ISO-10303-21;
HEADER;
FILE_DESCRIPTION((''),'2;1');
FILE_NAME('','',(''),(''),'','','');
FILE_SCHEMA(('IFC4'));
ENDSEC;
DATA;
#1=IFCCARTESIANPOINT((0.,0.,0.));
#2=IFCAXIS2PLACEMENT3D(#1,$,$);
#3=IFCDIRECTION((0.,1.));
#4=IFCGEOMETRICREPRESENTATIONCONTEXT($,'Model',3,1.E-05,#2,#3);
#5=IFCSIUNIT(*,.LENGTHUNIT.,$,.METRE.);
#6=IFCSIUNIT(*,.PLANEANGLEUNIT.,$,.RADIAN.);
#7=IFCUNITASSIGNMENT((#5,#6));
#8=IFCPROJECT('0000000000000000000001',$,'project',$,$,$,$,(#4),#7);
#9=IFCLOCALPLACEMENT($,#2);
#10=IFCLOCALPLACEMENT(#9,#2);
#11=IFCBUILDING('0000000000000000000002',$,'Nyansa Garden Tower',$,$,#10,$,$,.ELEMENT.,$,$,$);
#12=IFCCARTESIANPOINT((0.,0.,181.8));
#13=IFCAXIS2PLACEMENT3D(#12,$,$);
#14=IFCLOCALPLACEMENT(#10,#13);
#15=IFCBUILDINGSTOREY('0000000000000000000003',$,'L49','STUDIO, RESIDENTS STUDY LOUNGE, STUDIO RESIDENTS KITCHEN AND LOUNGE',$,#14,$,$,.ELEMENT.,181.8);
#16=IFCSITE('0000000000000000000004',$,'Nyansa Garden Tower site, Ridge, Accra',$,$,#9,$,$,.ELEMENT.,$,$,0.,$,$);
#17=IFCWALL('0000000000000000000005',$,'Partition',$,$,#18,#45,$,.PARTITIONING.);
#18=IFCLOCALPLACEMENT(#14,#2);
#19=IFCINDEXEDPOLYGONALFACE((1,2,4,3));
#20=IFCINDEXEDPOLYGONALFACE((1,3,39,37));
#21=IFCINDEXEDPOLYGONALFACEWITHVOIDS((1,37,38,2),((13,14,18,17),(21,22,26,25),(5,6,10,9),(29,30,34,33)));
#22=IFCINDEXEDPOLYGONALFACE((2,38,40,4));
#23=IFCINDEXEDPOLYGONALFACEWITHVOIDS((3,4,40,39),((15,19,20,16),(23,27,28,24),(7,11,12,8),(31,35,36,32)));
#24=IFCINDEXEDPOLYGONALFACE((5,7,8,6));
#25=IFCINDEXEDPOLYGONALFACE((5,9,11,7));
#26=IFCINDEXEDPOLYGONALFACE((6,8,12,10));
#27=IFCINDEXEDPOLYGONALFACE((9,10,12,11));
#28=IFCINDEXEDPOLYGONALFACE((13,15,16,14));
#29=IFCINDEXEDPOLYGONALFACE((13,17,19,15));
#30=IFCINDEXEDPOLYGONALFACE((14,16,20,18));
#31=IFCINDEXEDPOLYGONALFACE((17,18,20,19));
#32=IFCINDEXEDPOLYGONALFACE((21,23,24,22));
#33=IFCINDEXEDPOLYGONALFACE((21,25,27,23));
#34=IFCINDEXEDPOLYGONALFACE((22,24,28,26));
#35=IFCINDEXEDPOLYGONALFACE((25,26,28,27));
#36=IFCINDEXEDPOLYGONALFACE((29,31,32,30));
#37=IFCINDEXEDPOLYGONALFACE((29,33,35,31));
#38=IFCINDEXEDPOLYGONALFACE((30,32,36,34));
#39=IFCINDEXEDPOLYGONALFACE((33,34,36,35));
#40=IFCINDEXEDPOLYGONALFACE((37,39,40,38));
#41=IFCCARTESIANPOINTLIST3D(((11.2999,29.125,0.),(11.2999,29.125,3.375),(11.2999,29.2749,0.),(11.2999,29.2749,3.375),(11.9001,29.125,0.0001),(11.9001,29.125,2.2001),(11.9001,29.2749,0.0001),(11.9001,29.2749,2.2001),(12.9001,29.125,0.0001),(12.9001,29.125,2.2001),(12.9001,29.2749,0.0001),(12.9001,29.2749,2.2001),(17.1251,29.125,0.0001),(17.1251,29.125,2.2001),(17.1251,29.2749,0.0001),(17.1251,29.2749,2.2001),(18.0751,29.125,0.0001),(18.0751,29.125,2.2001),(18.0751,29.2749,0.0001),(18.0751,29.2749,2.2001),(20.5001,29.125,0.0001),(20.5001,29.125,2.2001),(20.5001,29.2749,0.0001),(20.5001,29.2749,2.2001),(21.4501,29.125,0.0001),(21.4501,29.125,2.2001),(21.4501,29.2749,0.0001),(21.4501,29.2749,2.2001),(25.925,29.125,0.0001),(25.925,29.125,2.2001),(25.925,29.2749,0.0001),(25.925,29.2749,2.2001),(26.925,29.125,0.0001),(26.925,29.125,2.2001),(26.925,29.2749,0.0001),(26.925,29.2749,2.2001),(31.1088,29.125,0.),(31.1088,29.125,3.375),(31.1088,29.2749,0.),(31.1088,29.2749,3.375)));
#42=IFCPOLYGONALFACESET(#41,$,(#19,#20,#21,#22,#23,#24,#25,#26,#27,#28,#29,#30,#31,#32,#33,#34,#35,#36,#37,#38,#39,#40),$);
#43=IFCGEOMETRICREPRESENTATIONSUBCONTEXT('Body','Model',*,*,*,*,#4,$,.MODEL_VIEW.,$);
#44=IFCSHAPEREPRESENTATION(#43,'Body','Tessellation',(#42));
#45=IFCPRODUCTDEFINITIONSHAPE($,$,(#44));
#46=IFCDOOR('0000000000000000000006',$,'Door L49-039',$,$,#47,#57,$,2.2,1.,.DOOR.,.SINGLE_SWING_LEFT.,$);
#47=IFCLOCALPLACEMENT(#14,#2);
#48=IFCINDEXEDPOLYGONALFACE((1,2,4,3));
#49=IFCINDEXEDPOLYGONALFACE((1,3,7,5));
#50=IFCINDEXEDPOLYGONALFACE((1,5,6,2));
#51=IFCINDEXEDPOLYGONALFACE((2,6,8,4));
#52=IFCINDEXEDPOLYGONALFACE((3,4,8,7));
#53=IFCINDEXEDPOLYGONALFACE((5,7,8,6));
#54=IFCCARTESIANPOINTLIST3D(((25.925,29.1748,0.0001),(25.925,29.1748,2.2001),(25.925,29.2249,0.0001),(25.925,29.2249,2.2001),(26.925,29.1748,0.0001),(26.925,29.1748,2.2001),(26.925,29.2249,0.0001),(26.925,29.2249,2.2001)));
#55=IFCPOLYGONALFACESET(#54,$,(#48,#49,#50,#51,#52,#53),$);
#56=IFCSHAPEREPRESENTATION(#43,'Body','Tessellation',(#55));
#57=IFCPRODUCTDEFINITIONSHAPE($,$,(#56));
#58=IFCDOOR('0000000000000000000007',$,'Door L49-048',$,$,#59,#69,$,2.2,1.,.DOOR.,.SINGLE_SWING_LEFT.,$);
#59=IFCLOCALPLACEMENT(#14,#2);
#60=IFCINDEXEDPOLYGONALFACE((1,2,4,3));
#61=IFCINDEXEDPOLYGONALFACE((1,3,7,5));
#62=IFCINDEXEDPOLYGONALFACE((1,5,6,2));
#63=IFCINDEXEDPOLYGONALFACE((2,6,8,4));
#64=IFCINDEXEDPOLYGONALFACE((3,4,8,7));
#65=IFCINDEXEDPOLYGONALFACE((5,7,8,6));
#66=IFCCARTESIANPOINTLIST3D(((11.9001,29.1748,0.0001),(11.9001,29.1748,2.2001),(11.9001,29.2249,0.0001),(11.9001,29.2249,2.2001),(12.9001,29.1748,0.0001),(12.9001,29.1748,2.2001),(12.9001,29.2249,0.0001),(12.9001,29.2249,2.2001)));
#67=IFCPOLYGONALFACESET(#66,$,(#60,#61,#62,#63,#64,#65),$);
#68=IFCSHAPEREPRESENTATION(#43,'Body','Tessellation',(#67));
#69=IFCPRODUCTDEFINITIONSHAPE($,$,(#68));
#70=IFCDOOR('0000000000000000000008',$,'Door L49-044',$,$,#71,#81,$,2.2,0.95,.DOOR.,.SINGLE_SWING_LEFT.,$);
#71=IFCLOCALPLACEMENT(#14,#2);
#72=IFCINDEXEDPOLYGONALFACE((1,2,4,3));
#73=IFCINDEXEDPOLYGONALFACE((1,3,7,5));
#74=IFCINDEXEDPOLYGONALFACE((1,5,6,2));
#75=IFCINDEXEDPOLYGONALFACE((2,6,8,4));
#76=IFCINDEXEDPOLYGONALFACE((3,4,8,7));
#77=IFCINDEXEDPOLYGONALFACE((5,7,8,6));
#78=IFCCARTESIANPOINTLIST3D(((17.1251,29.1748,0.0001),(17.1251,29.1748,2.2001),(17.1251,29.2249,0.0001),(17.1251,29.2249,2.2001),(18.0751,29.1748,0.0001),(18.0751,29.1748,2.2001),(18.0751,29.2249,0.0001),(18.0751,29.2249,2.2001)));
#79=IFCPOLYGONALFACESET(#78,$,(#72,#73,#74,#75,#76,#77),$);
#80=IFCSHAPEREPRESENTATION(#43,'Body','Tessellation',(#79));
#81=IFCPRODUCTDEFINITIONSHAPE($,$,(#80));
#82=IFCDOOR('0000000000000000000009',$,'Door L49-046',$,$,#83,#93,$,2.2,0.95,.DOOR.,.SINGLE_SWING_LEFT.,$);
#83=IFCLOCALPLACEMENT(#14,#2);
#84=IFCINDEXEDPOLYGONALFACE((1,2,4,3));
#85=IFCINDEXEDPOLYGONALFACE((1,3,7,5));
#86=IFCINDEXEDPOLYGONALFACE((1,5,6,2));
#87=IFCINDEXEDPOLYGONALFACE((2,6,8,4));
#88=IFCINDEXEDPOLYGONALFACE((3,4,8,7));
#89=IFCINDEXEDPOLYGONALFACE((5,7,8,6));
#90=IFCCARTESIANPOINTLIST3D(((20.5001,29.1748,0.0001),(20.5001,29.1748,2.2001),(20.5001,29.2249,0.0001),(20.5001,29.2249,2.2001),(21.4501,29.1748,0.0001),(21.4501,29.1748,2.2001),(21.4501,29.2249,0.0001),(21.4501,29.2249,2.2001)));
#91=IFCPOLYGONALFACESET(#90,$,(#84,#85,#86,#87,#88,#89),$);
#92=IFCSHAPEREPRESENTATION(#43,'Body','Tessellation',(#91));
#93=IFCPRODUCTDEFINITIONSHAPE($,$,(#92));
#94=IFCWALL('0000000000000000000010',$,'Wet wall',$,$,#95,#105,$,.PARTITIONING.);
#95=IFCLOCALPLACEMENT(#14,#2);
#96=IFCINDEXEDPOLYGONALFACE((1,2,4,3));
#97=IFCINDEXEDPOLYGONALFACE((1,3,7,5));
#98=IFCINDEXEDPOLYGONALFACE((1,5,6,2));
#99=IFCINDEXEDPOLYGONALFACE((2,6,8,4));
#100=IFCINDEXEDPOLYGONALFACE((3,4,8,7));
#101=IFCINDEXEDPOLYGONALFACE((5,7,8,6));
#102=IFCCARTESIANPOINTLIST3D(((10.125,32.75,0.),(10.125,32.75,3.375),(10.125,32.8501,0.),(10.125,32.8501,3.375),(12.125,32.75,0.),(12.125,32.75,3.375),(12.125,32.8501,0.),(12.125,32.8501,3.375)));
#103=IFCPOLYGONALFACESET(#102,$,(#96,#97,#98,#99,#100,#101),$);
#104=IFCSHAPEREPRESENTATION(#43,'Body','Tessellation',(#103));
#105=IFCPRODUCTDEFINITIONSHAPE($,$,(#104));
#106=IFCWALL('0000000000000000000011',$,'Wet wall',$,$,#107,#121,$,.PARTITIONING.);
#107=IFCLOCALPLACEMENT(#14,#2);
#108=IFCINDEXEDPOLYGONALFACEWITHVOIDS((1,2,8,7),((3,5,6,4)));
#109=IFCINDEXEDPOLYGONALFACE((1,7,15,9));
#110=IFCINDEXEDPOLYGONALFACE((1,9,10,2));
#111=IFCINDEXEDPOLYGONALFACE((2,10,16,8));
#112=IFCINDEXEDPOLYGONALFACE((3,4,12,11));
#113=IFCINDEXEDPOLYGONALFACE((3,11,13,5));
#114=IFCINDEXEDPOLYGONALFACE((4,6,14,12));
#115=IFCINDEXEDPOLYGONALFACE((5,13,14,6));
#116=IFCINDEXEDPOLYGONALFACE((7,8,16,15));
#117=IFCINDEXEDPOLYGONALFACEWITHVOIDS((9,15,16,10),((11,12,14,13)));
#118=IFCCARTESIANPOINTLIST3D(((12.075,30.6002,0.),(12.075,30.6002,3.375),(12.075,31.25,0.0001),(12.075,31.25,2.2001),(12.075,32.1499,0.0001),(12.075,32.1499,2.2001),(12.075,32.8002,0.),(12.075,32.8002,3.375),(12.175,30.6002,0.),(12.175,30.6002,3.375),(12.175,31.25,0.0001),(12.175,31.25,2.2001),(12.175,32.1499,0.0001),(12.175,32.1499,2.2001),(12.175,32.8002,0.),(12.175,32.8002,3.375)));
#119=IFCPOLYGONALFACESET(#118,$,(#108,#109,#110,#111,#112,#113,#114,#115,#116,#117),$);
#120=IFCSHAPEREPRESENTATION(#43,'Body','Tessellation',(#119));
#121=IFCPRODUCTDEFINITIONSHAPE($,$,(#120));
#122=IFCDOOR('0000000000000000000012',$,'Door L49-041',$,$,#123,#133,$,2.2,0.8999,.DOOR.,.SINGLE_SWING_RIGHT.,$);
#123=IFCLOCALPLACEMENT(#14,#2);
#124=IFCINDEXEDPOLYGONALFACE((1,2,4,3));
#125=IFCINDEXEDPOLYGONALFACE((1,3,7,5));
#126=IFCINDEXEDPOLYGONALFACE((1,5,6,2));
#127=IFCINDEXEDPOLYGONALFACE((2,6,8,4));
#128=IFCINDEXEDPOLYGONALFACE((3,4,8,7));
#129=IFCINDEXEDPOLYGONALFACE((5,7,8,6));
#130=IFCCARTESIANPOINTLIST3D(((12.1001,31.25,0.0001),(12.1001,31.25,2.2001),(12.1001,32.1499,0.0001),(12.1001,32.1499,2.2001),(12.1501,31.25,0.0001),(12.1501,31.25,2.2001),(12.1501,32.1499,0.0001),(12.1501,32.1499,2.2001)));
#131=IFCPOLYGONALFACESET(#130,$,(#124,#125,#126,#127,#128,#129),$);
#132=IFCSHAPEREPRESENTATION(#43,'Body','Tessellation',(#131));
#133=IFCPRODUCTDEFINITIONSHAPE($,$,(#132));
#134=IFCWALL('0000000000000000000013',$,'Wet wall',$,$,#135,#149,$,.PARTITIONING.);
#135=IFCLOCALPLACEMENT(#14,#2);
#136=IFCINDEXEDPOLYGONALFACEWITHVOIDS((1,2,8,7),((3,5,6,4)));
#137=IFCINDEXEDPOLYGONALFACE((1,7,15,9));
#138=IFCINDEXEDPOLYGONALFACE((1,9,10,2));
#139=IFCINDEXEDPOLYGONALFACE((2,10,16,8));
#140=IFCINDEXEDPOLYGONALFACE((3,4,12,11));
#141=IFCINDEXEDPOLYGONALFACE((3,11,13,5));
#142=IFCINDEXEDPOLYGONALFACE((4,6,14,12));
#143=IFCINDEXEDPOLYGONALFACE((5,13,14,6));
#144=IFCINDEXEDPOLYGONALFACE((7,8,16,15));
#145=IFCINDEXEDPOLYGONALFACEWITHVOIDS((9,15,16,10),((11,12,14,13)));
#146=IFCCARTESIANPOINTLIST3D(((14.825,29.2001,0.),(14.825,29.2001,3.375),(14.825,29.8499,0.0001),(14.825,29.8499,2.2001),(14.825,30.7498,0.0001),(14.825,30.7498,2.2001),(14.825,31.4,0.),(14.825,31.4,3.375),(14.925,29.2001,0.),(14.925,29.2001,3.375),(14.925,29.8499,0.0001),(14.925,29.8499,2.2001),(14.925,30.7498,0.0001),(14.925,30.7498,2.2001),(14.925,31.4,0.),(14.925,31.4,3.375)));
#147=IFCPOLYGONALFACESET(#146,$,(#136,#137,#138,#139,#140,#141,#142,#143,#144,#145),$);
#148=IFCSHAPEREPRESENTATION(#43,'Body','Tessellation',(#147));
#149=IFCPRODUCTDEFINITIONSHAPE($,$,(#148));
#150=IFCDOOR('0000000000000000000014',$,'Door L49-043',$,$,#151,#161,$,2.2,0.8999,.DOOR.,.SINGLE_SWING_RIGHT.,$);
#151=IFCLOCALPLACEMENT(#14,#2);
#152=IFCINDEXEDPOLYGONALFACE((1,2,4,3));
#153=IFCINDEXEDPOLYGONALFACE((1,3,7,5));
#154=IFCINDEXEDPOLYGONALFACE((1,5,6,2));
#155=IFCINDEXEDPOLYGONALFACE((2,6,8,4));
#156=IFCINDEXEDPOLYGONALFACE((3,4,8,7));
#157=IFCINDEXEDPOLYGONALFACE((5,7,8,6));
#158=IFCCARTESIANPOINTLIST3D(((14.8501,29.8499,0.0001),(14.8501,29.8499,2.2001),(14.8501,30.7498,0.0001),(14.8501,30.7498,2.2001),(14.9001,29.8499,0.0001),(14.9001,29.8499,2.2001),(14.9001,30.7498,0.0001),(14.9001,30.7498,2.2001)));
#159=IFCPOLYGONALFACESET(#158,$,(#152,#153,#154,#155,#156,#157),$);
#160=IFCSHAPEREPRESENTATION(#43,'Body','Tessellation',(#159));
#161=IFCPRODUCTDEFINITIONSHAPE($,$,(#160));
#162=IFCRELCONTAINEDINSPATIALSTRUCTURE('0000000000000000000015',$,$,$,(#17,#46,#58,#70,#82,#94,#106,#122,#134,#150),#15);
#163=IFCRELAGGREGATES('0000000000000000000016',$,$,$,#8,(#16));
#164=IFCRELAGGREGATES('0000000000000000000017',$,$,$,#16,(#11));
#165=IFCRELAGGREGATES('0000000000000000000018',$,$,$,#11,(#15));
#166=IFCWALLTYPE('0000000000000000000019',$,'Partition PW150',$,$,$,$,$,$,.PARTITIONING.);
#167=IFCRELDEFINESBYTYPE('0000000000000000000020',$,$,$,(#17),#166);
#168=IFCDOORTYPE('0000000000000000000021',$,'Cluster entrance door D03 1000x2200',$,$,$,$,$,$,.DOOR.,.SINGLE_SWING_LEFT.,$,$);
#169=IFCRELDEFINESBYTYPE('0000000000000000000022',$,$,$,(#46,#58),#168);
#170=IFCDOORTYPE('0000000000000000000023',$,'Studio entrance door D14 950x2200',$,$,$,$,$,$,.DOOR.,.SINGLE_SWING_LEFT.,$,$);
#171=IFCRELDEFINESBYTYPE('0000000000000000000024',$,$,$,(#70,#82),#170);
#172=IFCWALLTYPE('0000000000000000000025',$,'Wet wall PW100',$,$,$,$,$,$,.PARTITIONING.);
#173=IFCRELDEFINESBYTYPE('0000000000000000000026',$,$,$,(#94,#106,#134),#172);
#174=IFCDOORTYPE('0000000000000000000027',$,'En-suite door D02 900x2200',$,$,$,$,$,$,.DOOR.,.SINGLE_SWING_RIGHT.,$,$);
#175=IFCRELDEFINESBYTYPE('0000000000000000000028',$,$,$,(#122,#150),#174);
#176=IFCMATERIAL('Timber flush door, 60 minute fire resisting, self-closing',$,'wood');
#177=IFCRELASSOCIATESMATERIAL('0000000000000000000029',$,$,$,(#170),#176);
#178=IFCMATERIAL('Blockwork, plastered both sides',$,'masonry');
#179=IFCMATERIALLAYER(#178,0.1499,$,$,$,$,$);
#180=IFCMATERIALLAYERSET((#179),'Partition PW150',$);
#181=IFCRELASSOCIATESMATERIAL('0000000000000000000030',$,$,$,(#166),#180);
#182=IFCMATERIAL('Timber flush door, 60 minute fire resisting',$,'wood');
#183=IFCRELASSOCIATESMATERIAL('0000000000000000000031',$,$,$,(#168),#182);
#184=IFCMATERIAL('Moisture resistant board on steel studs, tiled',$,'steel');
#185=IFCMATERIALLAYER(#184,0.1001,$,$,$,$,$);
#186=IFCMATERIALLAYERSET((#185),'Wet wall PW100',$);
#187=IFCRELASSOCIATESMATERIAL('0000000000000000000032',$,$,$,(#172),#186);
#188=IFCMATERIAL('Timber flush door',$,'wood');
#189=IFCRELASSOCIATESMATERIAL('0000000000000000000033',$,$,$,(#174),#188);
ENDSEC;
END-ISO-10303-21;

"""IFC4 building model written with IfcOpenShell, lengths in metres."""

from ifc_helpers import new_model, si_unit, direction, frame, frame_2d, origin, place, context, subcontext, project, spatial, rectangle, extrude, material, layer, layer_set, type_object, element, fill, save


model = new_model("IFC4")

# Units and contexts
model_context = context("Model", 3, precision=1e-05, world=origin(), true_north=direction((0.0, 1.0)))
body_context = subcontext(model_context, "Body", "Model", "MODEL_VIEW")
ifc_project = project(units=[si_unit("LENGTHUNIT", "METRE"), si_unit("PLANEANGLEUNIT", "RADIAN")], contexts=[model_context])

# Site, building, storey
site_placement = place(None, origin())
site = spatial("IfcSite", under=ifc_project, at=site_placement, Name="Nyansa Garden Tower site, Ridge, Accra", CompositionType="ELEMENT", RefElevation=0.0)
building_placement = place(site_placement, origin())
building = spatial("IfcBuilding", under=site, at=building_placement, Name="Nyansa Garden Tower", CompositionType="ELEMENT")
storey_placement = place(building_placement, frame((0.0, 0.0, 181.8)))
storey = spatial("IfcBuildingStorey", under=building, at=storey_placement, Name="L49", Description="STUDIO, RESIDENTS STUDY LOUNGE, STUDIO RESIDENTS KITCHEN AND LOUNGE", CompositionType="ELEMENT", Elevation=181.8)

# Shared definitions
ifc_material_1 = material(Name="Timber flush door, 60 minute fire resisting, self-closing", Category="wood")
door_type_1 = type_object("IfcDoorType", Name="Studio entrance door D14 950x2200", OperationType="SINGLE_SWING_LEFT", PredefinedType="DOOR", material=ifc_material_1)

# Wall, openings, doors
ifc_material_2 = material(Name="Blockwork, plastered both sides", Category="masonry")
ifc_layer_1 = layer(ifc_material_2, 0.1499)
ifc_layer_set_1 = layer_set([ifc_layer_1], Name="Partition PW150")
wall_type_1 = type_object("IfcWallType", Name="Partition PW150", PredefinedType="PARTITIONING", material=ifc_layer_set_1)
wall_1_placement = place(storey_placement, frame((11.3, 29.2, 0.0), z_axis=(0.0, 0.0, 1.0), x_axis=(1.0, 0.0, 0.0)))
wall_1 = element("IfcWall", 1, at=wall_1_placement, inside=storey, type_object=wall_type_1, Name="Partition", PredefinedType="PARTITIONING", context=body_context, shape_type="SweptSolid", body=[
    extrude(rectangle(XDim=19.8088, YDim=0.1499, at=frame_2d((9.9043, 0.0))), origin(), (0.0, 0.0, 1.0), 3.375),
])
opening_1_placement = place(wall_1_placement, frame((14.625, 0.0, 0.0)))
opening_1 = element("IfcOpeningElement", 2, at=opening_1_placement, cuts=wall_1, PredefinedType="OPENING", context=body_context, shape_type="SweptSolid", body=[
    extrude(rectangle(XDim=1.0, YDim=2.2, at=frame_2d((0.5, 1.1001))), frame((0.0, 0.085, 0.0), z_axis=(0.0, -1.0, 0.0), x_axis=(1.0, 0.0, 0.0)), (0.0, 0.0, 1.0), 0.1699),
])
opening_2_placement = place(wall_1_placement, frame((5.825, 0.0, 0.0)))
opening_2 = element("IfcOpeningElement", 3, at=opening_2_placement, cuts=wall_1, PredefinedType="OPENING", context=body_context, shape_type="SweptSolid", body=[
    extrude(rectangle(XDim=0.95, YDim=2.2, at=frame_2d((0.4751, 1.1001))), frame((0.0, 0.085, 0.0), z_axis=(0.0, -1.0, 0.0), x_axis=(1.0, 0.0, 0.0)), (0.0, 0.0, 1.0), 0.1699),
])
opening_3_placement = place(wall_1_placement, frame((9.2, 0.0, 0.0)))
opening_3 = element("IfcOpeningElement", 4, at=opening_3_placement, cuts=wall_1, PredefinedType="OPENING", context=body_context, shape_type="SweptSolid", body=[
    extrude(rectangle(XDim=0.95, YDim=2.2, at=frame_2d((0.4751, 1.1001))), frame((0.0, 0.085, 0.0), z_axis=(0.0, -1.0, 0.0), x_axis=(1.0, 0.0, 0.0)), (0.0, 0.0, 1.0), 0.1699),
])
opening_4_placement = place(wall_1_placement, frame((0.6001, 0.0, 0.0)))
opening_4 = element("IfcOpeningElement", 5, at=opening_4_placement, cuts=wall_1, PredefinedType="OPENING", context=body_context, shape_type="SweptSolid", body=[
    extrude(rectangle(XDim=1.0, YDim=2.2, at=frame_2d((0.5, 1.1001))), frame((0.0, 0.085, 0.0), z_axis=(0.0, -1.0, 0.0), x_axis=(1.0, 0.0, 0.0)), (0.0, 0.0, 1.0), 0.1699),
])
ifc_material_3 = material(Name="Timber flush door, 60 minute fire resisting", Category="wood")
door_type_2 = type_object("IfcDoorType", Name="Cluster entrance door D03 1000x2200", OperationType="SINGLE_SWING_LEFT", PredefinedType="DOOR", material=ifc_material_3)
door_1_placement = place(opening_1_placement, origin())
door_1 = element("IfcDoor", 6, at=door_1_placement, inside=storey, type_object=door_type_2, Name="Door L49-039", OperationType="SINGLE_SWING_LEFT", OverallHeight=2.2, OverallWidth=1.0, PredefinedType="DOOR", context=body_context, shape_type="SweptSolid", body=[
    extrude(rectangle(XDim=1.0, YDim=2.2, at=frame_2d((0.5, 1.1001))), frame((0.0, 0.0249, 0.0), z_axis=(0.0, -1.0, 0.0), x_axis=(1.0, 0.0, 0.0)), (0.0, 0.0, 1.0), 0.05),
])
fill(opening_1, door_1)
door_2_placement = place(opening_4_placement, origin())
door_2 = element("IfcDoor", 7, at=door_2_placement, inside=storey, type_object=door_type_2, Name="Door L49-048", OperationType="SINGLE_SWING_LEFT", OverallHeight=2.2, OverallWidth=1.0, PredefinedType="DOOR", context=body_context, shape_type="SweptSolid", body=[
    extrude(rectangle(XDim=1.0, YDim=2.2, at=frame_2d((0.5, 1.1001))), frame((0.0, 0.0249, 0.0), z_axis=(0.0, -1.0, 0.0), x_axis=(1.0, 0.0, 0.0)), (0.0, 0.0, 1.0), 0.05),
])
fill(opening_4, door_2)
door_3_placement = place(opening_2_placement, origin())
door_3 = element("IfcDoor", 8, at=door_3_placement, inside=storey, type_object=door_type_1, Name="Door L49-044", OperationType="SINGLE_SWING_LEFT", OverallHeight=2.2, OverallWidth=0.95, PredefinedType="DOOR", context=body_context, shape_type="SweptSolid", body=[
    extrude(rectangle(XDim=0.95, YDim=2.2, at=frame_2d((0.4751, 1.1001))), frame((0.0, 0.0249, 0.0), z_axis=(0.0, -1.0, 0.0), x_axis=(1.0, 0.0, 0.0)), (0.0, 0.0, 1.0), 0.05),
])
fill(opening_2, door_3)
door_4_placement = place(opening_3_placement, origin())
door_4 = element("IfcDoor", 9, at=door_4_placement, inside=storey, type_object=door_type_1, Name="Door L49-046", OperationType="SINGLE_SWING_LEFT", OverallHeight=2.2, OverallWidth=0.95, PredefinedType="DOOR", context=body_context, shape_type="SweptSolid", body=[
    extrude(rectangle(XDim=0.95, YDim=2.2, at=frame_2d((0.4751, 1.1001))), frame((0.0, 0.0249, 0.0), z_axis=(0.0, -1.0, 0.0), x_axis=(1.0, 0.0, 0.0)), (0.0, 0.0, 1.0), 0.05),
])
fill(opening_3, door_4)

# Wall
ifc_material_4 = material(Name="Moisture resistant board on steel studs, tiled", Category="steel")
ifc_layer_2 = layer(ifc_material_4, 0.1001)
ifc_layer_set_2 = layer_set([ifc_layer_2], Name="Wet wall PW100")
wall_type_2 = type_object("IfcWallType", Name="Wet wall PW100", PredefinedType="PARTITIONING", material=ifc_layer_set_2)
wall_2_placement = place(storey_placement, frame((10.125, 32.8, 0.0), z_axis=(0.0, 0.0, 1.0), x_axis=(1.0, 0.0, 0.0)))
element("IfcWall", 10, at=wall_2_placement, inside=storey, type_object=wall_type_2, Name="Wet wall", PredefinedType="PARTITIONING", context=body_context, shape_type="SweptSolid", body=[
    extrude(rectangle(XDim=2.0, YDim=0.1001, at=frame_2d((1.0, 0.0))), origin(), (0.0, 0.0, 1.0), 3.375),
])

# Walls, openings, doors
wall_3_placement = place(storey_placement, frame((12.125, 30.6001, 0.0), z_axis=(0.0, 0.0, 1.0), x_axis=(0.0, 1.0, 0.0)))
wall_3 = element("IfcWall", 11, at=wall_3_placement, inside=storey, type_object=wall_type_2, Name="Wet wall", PredefinedType="PARTITIONING", context=body_context, shape_type="SweptSolid", body=[
    extrude(rectangle(XDim=2.2, YDim=0.1001, at=frame_2d((1.1001, 0.0))), origin(), (0.0, 0.0, 1.0), 3.375),
])
opening_5_placement = place(wall_3_placement, frame((0.6499, 0.0, 0.0)))
opening_5 = element("IfcOpeningElement", 12, at=opening_5_placement, cuts=wall_3, PredefinedType="OPENING", context=body_context, shape_type="SweptSolid", body=[
    extrude(rectangle(XDim=0.8999, YDim=2.2, at=frame_2d((0.45, 1.1001))), frame((0.0, 0.0601, 0.0), z_axis=(0.0, -1.0, 0.0), x_axis=(1.0, 0.0, 0.0)), (0.0, 0.0, 1.0), 0.1201),
])
ifc_material_5 = material(Name="Timber flush door", Category="wood")
door_type_3 = type_object("IfcDoorType", Name="En-suite door D02 900x2200", OperationType="SINGLE_SWING_RIGHT", PredefinedType="DOOR", material=ifc_material_5)
door_5_placement = place(opening_5_placement, origin())
door_5 = element("IfcDoor", 13, at=door_5_placement, inside=storey, type_object=door_type_3, Name="Door L49-041", OperationType="SINGLE_SWING_RIGHT", OverallHeight=2.2, OverallWidth=0.8999, PredefinedType="DOOR", context=body_context, shape_type="SweptSolid", body=[
    extrude(rectangle(XDim=0.8999, YDim=2.2, at=frame_2d((0.45, 1.1001))), frame((0.0, 0.0249, 0.0), z_axis=(0.0, -1.0, 0.0), x_axis=(1.0, 0.0, 0.0)), (0.0, 0.0, 1.0), 0.05),
])
fill(opening_5, door_5)
wall_4_placement = place(storey_placement, frame((14.875, 29.2, 0.0), z_axis=(0.0, 0.0, 1.0), x_axis=(0.0, 1.0, 0.0)))
wall_4 = element("IfcWall", 14, at=wall_4_placement, inside=storey, type_object=wall_type_2, Name="Wet wall", PredefinedType="PARTITIONING", context=body_context, shape_type="SweptSolid", body=[
    extrude(rectangle(XDim=2.2, YDim=0.1001, at=frame_2d((1.1001, 0.0))), origin(), (0.0, 0.0, 1.0), 3.375),
])
opening_6_placement = place(wall_4_placement, frame((0.6499, 0.0, 0.0)))
opening_6 = element("IfcOpeningElement", 15, at=opening_6_placement, cuts=wall_4, PredefinedType="OPENING", context=body_context, shape_type="SweptSolid", body=[
    extrude(rectangle(XDim=0.8999, YDim=2.2, at=frame_2d((0.45, 1.1001))), frame((0.0, 0.0601, 0.0), z_axis=(0.0, -1.0, 0.0), x_axis=(1.0, 0.0, 0.0)), (0.0, 0.0, 1.0), 0.1201),
])
door_6_placement = place(opening_6_placement, origin())
door_6 = element("IfcDoor", 16, at=door_6_placement, inside=storey, type_object=door_type_3, Name="Door L49-043", OperationType="SINGLE_SWING_RIGHT", OverallHeight=2.2, OverallWidth=0.8999, PredefinedType="DOOR", context=body_context, shape_type="SweptSolid", body=[
    extrude(rectangle(XDim=0.8999, YDim=2.2, at=frame_2d((0.45, 1.1001))), frame((0.0, 0.0249, 0.0), z_axis=(0.0, -1.0, 0.0), x_axis=(1.0, 0.0, 0.0)), (0.0, 0.0, 1.0), 0.05),
])
fill(opening_6, door_6)

save(model, "model.ifc")
